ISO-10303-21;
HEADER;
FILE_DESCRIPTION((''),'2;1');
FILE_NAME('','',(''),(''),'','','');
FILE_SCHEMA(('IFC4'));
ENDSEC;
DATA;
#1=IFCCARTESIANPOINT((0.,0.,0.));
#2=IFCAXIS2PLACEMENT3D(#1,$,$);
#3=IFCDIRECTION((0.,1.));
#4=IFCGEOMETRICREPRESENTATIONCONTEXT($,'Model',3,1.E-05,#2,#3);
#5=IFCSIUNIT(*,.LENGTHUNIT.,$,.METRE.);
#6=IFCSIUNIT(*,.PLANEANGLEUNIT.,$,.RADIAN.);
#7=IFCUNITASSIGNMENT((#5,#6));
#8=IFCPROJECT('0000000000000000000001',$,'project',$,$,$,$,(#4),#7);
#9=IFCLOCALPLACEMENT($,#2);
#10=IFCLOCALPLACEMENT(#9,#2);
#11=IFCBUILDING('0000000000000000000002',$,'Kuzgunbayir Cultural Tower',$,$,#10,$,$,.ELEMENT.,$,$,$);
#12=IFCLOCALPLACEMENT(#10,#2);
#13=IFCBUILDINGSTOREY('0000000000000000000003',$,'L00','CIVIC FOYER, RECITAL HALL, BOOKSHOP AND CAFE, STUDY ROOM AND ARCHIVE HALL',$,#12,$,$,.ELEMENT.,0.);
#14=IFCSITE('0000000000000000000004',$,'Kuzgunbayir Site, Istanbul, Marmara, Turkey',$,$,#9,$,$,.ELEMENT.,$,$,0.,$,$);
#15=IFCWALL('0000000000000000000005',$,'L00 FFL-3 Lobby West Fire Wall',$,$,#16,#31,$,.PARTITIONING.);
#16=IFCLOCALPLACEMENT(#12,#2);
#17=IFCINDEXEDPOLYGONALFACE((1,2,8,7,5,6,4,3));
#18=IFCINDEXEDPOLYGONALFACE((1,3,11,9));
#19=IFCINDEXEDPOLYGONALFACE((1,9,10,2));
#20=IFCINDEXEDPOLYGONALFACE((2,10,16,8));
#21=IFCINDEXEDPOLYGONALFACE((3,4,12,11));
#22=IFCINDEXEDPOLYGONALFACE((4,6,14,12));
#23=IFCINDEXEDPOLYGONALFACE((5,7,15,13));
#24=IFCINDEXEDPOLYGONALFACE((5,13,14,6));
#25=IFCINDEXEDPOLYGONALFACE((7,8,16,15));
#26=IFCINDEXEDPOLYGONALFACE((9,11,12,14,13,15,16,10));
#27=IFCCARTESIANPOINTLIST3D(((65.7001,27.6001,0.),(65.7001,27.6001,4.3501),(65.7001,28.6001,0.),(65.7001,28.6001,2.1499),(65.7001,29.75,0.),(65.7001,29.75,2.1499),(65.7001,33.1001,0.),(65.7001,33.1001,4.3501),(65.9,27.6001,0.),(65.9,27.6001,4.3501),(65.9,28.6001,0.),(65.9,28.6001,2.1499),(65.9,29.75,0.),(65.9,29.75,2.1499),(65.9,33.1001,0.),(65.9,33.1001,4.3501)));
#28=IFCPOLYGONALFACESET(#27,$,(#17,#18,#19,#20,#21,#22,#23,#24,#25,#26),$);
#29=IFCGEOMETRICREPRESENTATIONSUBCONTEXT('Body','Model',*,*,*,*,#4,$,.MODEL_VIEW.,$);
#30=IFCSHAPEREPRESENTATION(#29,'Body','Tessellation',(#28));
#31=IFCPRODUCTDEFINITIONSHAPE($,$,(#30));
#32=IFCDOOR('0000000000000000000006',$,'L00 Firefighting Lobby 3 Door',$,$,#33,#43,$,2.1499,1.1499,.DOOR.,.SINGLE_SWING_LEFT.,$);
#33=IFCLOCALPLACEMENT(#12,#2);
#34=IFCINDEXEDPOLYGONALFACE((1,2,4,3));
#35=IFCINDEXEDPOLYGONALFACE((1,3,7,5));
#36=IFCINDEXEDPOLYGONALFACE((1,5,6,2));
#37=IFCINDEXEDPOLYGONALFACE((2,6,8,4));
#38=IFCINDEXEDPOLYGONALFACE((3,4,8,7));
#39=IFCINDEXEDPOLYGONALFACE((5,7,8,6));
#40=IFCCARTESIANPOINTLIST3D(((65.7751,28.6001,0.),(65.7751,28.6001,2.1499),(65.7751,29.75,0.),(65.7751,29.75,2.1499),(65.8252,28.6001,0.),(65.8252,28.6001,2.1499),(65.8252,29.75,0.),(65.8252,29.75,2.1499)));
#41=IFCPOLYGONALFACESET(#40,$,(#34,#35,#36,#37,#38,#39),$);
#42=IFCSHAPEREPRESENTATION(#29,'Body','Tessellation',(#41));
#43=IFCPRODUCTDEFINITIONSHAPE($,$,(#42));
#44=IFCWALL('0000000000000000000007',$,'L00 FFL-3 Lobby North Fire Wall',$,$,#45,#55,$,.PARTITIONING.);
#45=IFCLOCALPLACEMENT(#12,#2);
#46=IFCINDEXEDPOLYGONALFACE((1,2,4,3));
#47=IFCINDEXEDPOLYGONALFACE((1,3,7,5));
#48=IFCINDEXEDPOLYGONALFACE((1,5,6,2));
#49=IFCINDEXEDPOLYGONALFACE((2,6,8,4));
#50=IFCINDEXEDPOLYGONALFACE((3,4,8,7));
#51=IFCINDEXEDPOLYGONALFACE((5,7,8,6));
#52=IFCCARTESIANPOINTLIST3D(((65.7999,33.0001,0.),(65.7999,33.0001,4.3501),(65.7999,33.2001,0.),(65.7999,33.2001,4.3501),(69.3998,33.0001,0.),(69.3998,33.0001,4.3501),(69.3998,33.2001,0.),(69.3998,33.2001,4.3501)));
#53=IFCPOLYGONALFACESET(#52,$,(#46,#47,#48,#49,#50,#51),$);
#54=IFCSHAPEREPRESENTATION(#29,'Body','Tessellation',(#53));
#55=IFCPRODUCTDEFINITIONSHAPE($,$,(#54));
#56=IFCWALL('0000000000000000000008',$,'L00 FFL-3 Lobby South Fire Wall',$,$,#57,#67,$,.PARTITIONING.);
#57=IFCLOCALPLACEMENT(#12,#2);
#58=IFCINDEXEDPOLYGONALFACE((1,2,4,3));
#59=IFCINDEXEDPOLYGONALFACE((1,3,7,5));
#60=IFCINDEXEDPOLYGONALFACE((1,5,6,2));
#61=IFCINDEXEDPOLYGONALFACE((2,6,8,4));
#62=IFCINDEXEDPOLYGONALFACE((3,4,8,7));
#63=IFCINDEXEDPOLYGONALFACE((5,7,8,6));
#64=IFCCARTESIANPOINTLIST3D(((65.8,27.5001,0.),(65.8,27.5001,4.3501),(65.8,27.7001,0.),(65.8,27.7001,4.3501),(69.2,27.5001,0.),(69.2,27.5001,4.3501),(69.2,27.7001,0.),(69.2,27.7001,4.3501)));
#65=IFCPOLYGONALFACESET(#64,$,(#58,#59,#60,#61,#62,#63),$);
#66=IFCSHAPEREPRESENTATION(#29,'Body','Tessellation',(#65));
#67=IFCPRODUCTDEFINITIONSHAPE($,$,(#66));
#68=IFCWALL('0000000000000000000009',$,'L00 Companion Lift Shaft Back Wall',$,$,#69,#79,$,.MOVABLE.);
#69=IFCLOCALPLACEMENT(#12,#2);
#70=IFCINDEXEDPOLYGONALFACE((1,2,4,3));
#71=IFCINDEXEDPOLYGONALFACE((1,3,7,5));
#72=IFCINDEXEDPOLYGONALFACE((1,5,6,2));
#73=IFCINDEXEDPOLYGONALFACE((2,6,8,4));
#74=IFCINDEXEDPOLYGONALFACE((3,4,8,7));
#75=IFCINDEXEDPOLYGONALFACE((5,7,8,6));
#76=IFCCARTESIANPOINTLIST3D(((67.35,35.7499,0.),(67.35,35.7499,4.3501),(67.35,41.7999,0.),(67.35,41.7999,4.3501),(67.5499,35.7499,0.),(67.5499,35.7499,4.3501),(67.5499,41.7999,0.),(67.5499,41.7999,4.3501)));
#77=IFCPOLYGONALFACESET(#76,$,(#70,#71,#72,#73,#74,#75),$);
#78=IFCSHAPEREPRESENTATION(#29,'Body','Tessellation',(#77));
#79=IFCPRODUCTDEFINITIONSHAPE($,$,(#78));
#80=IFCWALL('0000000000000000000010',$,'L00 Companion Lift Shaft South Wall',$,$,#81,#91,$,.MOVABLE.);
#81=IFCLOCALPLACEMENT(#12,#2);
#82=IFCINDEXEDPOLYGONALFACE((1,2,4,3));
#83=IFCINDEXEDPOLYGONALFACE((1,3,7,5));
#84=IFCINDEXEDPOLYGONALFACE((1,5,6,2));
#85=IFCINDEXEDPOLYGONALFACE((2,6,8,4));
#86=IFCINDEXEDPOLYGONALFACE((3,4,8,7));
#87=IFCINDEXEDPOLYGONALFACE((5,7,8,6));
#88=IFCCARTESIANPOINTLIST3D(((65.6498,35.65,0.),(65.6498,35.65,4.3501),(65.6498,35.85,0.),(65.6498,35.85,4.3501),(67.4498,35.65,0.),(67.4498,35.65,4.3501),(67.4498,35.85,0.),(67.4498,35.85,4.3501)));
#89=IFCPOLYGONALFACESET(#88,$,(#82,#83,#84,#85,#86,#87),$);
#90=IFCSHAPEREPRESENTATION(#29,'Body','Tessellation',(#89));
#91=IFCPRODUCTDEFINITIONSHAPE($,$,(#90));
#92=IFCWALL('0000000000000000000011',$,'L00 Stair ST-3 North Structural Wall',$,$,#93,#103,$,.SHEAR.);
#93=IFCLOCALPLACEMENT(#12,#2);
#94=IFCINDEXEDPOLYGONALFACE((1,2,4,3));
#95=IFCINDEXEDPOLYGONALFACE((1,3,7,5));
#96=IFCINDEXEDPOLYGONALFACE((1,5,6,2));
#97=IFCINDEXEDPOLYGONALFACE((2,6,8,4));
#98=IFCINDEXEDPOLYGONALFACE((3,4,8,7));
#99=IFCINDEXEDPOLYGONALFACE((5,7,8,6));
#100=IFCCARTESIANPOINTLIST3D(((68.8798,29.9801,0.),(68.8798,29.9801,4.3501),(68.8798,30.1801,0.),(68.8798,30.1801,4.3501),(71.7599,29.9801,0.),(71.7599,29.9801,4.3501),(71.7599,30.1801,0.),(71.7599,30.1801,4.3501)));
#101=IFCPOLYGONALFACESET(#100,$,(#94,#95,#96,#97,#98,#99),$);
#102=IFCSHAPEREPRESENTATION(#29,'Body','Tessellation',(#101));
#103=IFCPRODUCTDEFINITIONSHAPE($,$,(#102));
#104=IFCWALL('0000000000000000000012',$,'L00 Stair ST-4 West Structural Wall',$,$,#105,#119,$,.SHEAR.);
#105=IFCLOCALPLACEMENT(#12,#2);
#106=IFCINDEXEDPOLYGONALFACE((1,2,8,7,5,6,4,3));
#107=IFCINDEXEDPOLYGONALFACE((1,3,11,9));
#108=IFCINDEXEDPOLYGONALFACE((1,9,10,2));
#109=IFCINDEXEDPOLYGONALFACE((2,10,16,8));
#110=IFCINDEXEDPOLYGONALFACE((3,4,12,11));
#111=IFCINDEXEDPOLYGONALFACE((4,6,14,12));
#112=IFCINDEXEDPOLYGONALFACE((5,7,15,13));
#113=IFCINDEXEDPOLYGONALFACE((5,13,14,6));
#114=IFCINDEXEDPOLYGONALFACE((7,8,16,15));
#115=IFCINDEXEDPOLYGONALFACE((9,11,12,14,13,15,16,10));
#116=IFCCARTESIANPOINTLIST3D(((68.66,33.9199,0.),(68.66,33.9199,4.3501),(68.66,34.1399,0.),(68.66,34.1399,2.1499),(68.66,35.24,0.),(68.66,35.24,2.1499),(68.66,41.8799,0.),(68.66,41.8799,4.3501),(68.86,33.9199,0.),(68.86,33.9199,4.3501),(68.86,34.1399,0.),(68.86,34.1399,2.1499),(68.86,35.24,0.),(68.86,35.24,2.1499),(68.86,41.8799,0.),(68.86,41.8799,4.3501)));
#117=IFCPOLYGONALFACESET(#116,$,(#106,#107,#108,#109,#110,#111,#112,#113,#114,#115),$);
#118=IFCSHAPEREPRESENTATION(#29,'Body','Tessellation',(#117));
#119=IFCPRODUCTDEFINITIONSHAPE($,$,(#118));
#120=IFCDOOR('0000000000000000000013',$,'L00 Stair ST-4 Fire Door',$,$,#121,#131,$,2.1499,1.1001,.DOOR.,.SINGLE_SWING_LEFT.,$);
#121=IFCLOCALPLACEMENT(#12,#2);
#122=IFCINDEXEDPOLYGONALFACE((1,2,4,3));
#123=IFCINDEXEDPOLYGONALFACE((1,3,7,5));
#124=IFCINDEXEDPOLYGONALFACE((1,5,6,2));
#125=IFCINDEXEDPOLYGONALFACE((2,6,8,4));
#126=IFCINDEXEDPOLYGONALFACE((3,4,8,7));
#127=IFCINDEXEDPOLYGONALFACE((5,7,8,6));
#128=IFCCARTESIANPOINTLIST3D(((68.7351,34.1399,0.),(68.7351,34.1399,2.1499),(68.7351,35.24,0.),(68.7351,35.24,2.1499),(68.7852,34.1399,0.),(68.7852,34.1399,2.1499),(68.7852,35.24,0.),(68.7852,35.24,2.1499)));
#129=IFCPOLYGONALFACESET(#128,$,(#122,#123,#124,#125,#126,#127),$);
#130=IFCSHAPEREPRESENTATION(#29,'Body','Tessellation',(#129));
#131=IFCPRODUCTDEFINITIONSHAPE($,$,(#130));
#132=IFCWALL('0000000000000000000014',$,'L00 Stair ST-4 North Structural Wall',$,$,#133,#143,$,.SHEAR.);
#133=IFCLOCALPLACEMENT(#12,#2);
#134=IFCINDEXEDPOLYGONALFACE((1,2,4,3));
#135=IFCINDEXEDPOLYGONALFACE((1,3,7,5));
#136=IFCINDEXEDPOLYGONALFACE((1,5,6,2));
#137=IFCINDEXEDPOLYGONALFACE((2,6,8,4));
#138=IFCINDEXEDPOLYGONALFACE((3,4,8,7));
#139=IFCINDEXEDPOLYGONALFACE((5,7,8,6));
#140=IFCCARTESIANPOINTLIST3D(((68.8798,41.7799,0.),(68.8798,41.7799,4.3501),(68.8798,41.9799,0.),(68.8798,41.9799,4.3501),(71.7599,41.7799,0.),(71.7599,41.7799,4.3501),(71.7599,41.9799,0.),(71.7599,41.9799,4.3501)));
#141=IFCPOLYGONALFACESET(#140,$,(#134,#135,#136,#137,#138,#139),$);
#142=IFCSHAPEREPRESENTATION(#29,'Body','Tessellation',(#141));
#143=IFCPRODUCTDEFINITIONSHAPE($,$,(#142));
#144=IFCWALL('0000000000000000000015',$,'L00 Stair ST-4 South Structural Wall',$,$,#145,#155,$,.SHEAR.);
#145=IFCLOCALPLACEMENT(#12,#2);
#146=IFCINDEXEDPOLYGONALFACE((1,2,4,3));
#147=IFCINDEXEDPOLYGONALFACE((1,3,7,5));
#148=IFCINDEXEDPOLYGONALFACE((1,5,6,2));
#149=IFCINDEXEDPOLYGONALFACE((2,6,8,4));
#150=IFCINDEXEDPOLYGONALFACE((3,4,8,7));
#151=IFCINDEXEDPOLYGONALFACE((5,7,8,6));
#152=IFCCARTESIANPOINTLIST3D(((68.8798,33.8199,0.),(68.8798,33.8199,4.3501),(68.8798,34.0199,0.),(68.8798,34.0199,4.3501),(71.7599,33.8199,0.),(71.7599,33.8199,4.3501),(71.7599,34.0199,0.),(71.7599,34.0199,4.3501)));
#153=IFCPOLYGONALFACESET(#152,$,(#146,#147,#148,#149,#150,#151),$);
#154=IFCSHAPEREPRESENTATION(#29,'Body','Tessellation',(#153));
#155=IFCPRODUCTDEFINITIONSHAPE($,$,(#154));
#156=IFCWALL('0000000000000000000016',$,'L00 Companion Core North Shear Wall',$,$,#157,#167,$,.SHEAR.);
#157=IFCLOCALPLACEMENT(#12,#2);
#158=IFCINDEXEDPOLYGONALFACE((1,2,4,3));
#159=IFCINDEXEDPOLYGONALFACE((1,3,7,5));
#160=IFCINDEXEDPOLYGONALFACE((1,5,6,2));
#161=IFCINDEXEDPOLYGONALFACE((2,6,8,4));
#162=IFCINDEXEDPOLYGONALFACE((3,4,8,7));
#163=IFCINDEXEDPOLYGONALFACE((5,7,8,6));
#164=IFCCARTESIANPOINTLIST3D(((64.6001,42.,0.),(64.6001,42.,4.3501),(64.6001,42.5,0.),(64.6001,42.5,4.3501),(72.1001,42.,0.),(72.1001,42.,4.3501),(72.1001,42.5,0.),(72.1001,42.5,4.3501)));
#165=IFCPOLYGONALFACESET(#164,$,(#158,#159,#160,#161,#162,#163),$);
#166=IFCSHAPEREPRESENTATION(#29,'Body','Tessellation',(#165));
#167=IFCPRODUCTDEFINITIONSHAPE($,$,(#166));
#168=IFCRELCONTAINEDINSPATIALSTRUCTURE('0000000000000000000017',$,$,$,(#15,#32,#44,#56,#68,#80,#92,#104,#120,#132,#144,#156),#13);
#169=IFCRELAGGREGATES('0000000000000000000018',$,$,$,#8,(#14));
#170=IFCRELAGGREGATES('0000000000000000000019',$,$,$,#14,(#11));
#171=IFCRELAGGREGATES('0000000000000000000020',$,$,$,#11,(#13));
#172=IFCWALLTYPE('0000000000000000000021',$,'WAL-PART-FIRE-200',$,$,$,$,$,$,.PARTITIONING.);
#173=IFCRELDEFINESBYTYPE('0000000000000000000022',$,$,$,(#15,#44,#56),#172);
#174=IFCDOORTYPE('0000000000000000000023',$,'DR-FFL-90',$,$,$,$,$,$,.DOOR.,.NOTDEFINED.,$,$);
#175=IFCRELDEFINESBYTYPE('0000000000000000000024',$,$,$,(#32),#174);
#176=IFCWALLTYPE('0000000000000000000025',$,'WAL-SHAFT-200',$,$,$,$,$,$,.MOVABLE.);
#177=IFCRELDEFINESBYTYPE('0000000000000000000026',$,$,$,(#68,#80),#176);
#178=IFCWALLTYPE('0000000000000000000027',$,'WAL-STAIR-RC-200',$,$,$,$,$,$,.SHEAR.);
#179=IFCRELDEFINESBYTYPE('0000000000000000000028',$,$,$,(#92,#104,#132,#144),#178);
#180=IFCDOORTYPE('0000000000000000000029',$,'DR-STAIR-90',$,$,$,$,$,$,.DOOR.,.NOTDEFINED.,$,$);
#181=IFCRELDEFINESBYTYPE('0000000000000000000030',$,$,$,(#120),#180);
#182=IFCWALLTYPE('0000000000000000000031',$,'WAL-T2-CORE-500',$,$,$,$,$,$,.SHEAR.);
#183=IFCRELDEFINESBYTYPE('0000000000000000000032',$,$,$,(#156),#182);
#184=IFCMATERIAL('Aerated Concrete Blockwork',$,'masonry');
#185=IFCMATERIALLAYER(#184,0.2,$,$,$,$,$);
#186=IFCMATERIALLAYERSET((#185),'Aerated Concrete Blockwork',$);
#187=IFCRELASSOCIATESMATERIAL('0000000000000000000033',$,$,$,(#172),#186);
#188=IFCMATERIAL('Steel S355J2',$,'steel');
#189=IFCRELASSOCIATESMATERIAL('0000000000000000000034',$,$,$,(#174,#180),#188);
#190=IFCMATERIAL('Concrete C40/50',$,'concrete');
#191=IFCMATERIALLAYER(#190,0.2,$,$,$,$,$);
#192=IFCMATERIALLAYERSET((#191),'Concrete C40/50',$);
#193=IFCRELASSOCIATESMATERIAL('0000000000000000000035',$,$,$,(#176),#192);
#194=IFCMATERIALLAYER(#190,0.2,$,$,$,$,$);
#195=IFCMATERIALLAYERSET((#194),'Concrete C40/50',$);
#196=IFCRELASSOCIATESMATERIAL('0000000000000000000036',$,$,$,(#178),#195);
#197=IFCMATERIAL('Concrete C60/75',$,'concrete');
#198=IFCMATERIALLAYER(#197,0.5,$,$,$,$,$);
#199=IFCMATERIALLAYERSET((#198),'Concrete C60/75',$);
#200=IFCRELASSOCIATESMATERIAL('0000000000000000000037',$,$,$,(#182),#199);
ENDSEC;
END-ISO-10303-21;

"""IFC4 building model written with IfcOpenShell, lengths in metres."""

from ifc_helpers import new_model, si_unit, direction, frame, frame_2d, origin, place, context, subcontext, project, spatial, rectangle, extrude, material, layer, layer_set, type_object, element, fill, save


model = new_model("IFC4")

# Units and contexts
model_context = context("Model", 3, precision=1e-05, world=origin(), true_north=direction((0.0, 1.0)))
body_context = subcontext(model_context, "Body", "Model", "MODEL_VIEW")
ifc_project = project(units=[si_unit("LENGTHUNIT", "METRE"), si_unit("PLANEANGLEUNIT", "RADIAN")], contexts=[model_context])

# Site, building, storey
site_placement = place(None, origin())
site = spatial("IfcSite", under=ifc_project, at=site_placement, Name="Kuzgunbayir Site, Istanbul, Marmara, Turkey", CompositionType="ELEMENT", RefElevation=0.0)
building_placement = place(site_placement, origin())
building = spatial("IfcBuilding", under=site, at=building_placement, Name="Kuzgunbayir Cultural Tower", CompositionType="ELEMENT")
storey_placement = place(building_placement, origin())
storey = spatial("IfcBuildingStorey", under=building, at=storey_placement, Name="L00", Description="CIVIC FOYER, RECITAL HALL, BOOKSHOP AND CAFE, STUDY ROOM AND ARCHIVE HALL", CompositionType="ELEMENT", Elevation=0.0)

# Shared definitions
ifc_material_1 = material(Name="Concrete C60/75", Category="concrete")

# Shared definitions
ifc_material_2 = material(Name="Steel S355J2", Category="steel")

# Wall, opening, door
ifc_material_3 = material(Name="Aerated Concrete Blockwork", Category="masonry")
ifc_layer_1 = layer(ifc_material_3, 0.2)
ifc_layer_set_1 = layer_set([ifc_layer_1], Name="Aerated Concrete Blockwork")
wall_type_1 = type_object("IfcWallType", Name="WAL-PART-FIRE-200", PredefinedType="PARTITIONING", material=ifc_layer_set_1)
wall_1_placement = place(storey_placement, frame((65.8, 27.6001, 0.0), z_axis=(0.0, 0.0, 1.0), x_axis=(0.0, 1.0, 0.0)))
wall_1 = element("IfcWall", 1, at=wall_1_placement, inside=storey, type_object=wall_type_1, Name="L00 FFL-3 Lobby West Fire Wall", PredefinedType="PARTITIONING", context=body_context, shape_type="SweptSolid", body=[
    extrude(rectangle(XDim=5.5, YDim=0.2, at=frame_2d((2.75, 0.0))), origin(), (0.0, 0.0, 1.0), 4.3501),
])
opening_1_placement = place(wall_1_placement, frame((1.0, 0.0, 0.0)))
opening_1 = element("IfcOpeningElement", 2, at=opening_1_placement, cuts=wall_1, PredefinedType="OPENING", context=body_context, shape_type="SweptSolid", body=[
    extrude(rectangle(XDim=1.1499, YDim=2.1499, at=frame_2d((0.575, 1.075))), frame((0.0, 0.1099, 0.0), z_axis=(0.0, -1.0, 0.0), x_axis=(1.0, 0.0, 0.0)), (0.0, 0.0, 1.0), 0.22),
])
door_type_1 = type_object("IfcDoorType", Name="DR-FFL-90", OperationType="NOTDEFINED", PredefinedType="DOOR", material=ifc_material_2)
door_1_placement = place(opening_1_placement, origin())
door_1 = element("IfcDoor", 3, at=door_1_placement, inside=storey, type_object=door_type_1, Name="L00 Firefighting Lobby 3 Door", OperationType="SINGLE_SWING_LEFT", OverallHeight=2.1499, OverallWidth=1.1499, PredefinedType="DOOR", context=body_context, shape_type="SweptSolid", body=[
    extrude(rectangle(XDim=1.1499, YDim=2.1499, at=frame_2d((0.575, 1.075))), frame((0.0, 0.0249, 0.0), z_axis=(0.0, -1.0, 0.0), x_axis=(1.0, 0.0, 0.0)), (0.0, 0.0, 1.0), 0.05),
])
fill(opening_1, door_1)

# Walls
wall_2_placement = place(storey_placement, frame((65.8, 33.1001, 0.0), z_axis=(0.0, 0.0, 1.0), x_axis=(1.0, 0.0, 0.0)))
element("IfcWall", 4, at=wall_2_placement, inside=storey, type_object=wall_type_1, Name="L00 FFL-3 Lobby North Fire Wall", PredefinedType="PARTITIONING", context=body_context, shape_type="SweptSolid", body=[
    extrude(rectangle(XDim=3.5999, YDim=0.2, at=frame_2d((1.7998, 0.0))), origin(), (0.0, 0.0, 1.0), 4.3501),
])
wall_3_placement = place(storey_placement, frame((65.8, 27.6001, 0.0), z_axis=(0.0, 0.0, 1.0), x_axis=(1.0, 0.0, 0.0)))
element("IfcWall", 5, at=wall_3_placement, inside=storey, type_object=wall_type_1, Name="L00 FFL-3 Lobby South Fire Wall", PredefinedType="PARTITIONING", context=body_context, shape_type="SweptSolid", body=[
    extrude(rectangle(XDim=3.3999, YDim=0.2, at=frame_2d((1.7, 0.0))), origin(), (0.0, 0.0, 1.0), 4.3501),
])

# Shared definitions
ifc_material_4 = material(Name="Concrete C40/50", Category="concrete")
ifc_layer_2 = layer(ifc_material_4, 0.2)
ifc_layer_set_2 = layer_set([ifc_layer_2], Name="Concrete C40/50")
wall_type_2 = type_object("IfcWallType", Name="WAL-SHAFT-200", PredefinedType="MOVABLE", material=ifc_layer_set_2)

# Walls
wall_4_placement = place(storey_placement, frame((67.45, 35.75, 0.0), z_axis=(0.0, 0.0, 1.0), x_axis=(0.0, 1.0, 0.0)))
element("IfcWall", 6, at=wall_4_placement, inside=storey, type_object=wall_type_2, Name="L00 Companion Lift Shaft Back Wall", PredefinedType="MOVABLE", context=body_context, shape_type="SweptSolid", body=[
    extrude(rectangle(XDim=6.05, YDim=0.2, at=frame_2d((3.0249, 0.0))), origin(), (0.0, 0.0, 1.0), 4.3501),
])
wall_5_placement = place(storey_placement, frame((65.6499, 35.75, 0.0), z_axis=(0.0, 0.0, 1.0), x_axis=(1.0, 0.0, 0.0)))
element("IfcWall", 7, at=wall_5_placement, inside=storey, type_object=wall_type_2, Name="L00 Companion Lift Shaft South Wall", PredefinedType="MOVABLE", context=body_context, shape_type="SweptSolid", body=[
    extrude(rectangle(XDim=1.8, YDim=0.2, at=frame_2d((0.8999, 0.0))), origin(), (0.0, 0.0, 1.0), 4.3501),
])
ifc_layer_3 = layer(ifc_material_4, 0.2)
ifc_layer_set_3 = layer_set([ifc_layer_3], Name="Concrete C40/50")
wall_type_3 = type_object("IfcWallType", Name="WAL-STAIR-RC-200", PredefinedType="SHEAR", material=ifc_layer_set_3)
wall_6_placement = place(storey_placement, frame((68.8799, 30.0801, 0.0), z_axis=(0.0, 0.0, 1.0), x_axis=(1.0, 0.0, 0.0)))
element("IfcWall", 8, at=wall_6_placement, inside=storey, type_object=wall_type_3, Name="L00 Stair ST-3 North Structural Wall", PredefinedType="SHEAR", context=body_context, shape_type="SweptSolid", body=[
    extrude(rectangle(XDim=2.8801, YDim=0.2, at=frame_2d((1.4399, 0.0))), origin(), (0.0, 0.0, 1.0), 4.3501),
])

# Wall, opening, door
wall_7_placement = place(storey_placement, frame((68.76, 33.9199, 0.0), z_axis=(0.0, 0.0, 1.0), x_axis=(0.0, 1.0, 0.0)))
wall_7 = element("IfcWall", 9, at=wall_7_placement, inside=storey, type_object=wall_type_3, Name="L00 Stair ST-4 West Structural Wall", PredefinedType="SHEAR", context=body_context, shape_type="SweptSolid", body=[
    extrude(rectangle(XDim=7.96, YDim=0.2, at=frame_2d((3.98, 0.0))), origin(), (0.0, 0.0, 1.0), 4.3501),
])
opening_2_placement = place(wall_7_placement, frame((0.22, 0.0, 0.0)))
opening_2 = element("IfcOpeningElement", 10, at=opening_2_placement, cuts=wall_7, PredefinedType="OPENING", context=body_context, shape_type="SweptSolid", body=[
    extrude(rectangle(XDim=1.1001, YDim=2.1499, at=frame_2d((0.55, 1.075))), frame((0.0, 0.1099, 0.0), z_axis=(0.0, -1.0, 0.0), x_axis=(1.0, 0.0, 0.0)), (0.0, 0.0, 1.0), 0.22),
])
door_type_2 = type_object("IfcDoorType", Name="DR-STAIR-90", OperationType="NOTDEFINED", PredefinedType="DOOR", material=ifc_material_2)
door_2_placement = place(opening_2_placement, origin())
door_2 = element("IfcDoor", 11, at=door_2_placement, inside=storey, type_object=door_type_2, Name="L00 Stair ST-4 Fire Door", OperationType="SINGLE_SWING_LEFT", OverallHeight=2.1499, OverallWidth=1.1001, PredefinedType="DOOR", context=body_context, shape_type="SweptSolid", body=[
    extrude(rectangle(XDim=1.1001, YDim=2.1499, at=frame_2d((0.55, 1.075))), frame((0.0, 0.0249, 0.0), z_axis=(0.0, -1.0, 0.0), x_axis=(1.0, 0.0, 0.0)), (0.0, 0.0, 1.0), 0.05),
])
fill(opening_2, door_2)

# Walls
for number, where, z_axis, x_axis, name in (
    (12, (68.8799, 41.8799, 0.0), (0.0, 0.0, 1.0), (1.0, 0.0, 0.0), "L00 Stair ST-4 North Structural Wall"),
    (13, (68.8799, 33.9199, 0.0), (0.0, 0.0, 1.0), (1.0, 0.0, 0.0), "L00 Stair ST-4 South Structural Wall"),
):
    element("IfcWall", number, at=place(storey_placement, frame(where, z_axis=z_axis, x_axis=x_axis)), inside=storey, type_object=wall_type_3, Name=name, PredefinedType="SHEAR", context=body_context, shape_type="SweptSolid", body=[
        extrude(rectangle(XDim=2.8801, YDim=0.2, at=frame_2d((1.4399, 0.0))), origin(), (0.0, 0.0, 1.0), 4.3501),
    ])
ifc_layer_4 = layer(ifc_material_1, 0.5)
ifc_layer_set_4 = layer_set([ifc_layer_4], Name="Concrete C60/75")
wall_type_4 = type_object("IfcWallType", Name="WAL-T2-CORE-500", PredefinedType="SHEAR", material=ifc_layer_set_4)
wall_8_placement = place(storey_placement, frame((64.6001, 42.25, 0.0), z_axis=(0.0, 0.0, 1.0), x_axis=(1.0, 0.0, 0.0)))
element("IfcWall", 14, at=wall_8_placement, inside=storey, type_object=wall_type_4, Name="L00 Companion Core North Shear Wall", PredefinedType="SHEAR", context=body_context, shape_type="SweptSolid", body=[
    extrude(rectangle(XDim=7.5, YDim=0.5, at=frame_2d((3.75, 0.0))), origin(), (0.0, 0.0, 1.0), 4.3501),
])

save(model, "model.ifc")
